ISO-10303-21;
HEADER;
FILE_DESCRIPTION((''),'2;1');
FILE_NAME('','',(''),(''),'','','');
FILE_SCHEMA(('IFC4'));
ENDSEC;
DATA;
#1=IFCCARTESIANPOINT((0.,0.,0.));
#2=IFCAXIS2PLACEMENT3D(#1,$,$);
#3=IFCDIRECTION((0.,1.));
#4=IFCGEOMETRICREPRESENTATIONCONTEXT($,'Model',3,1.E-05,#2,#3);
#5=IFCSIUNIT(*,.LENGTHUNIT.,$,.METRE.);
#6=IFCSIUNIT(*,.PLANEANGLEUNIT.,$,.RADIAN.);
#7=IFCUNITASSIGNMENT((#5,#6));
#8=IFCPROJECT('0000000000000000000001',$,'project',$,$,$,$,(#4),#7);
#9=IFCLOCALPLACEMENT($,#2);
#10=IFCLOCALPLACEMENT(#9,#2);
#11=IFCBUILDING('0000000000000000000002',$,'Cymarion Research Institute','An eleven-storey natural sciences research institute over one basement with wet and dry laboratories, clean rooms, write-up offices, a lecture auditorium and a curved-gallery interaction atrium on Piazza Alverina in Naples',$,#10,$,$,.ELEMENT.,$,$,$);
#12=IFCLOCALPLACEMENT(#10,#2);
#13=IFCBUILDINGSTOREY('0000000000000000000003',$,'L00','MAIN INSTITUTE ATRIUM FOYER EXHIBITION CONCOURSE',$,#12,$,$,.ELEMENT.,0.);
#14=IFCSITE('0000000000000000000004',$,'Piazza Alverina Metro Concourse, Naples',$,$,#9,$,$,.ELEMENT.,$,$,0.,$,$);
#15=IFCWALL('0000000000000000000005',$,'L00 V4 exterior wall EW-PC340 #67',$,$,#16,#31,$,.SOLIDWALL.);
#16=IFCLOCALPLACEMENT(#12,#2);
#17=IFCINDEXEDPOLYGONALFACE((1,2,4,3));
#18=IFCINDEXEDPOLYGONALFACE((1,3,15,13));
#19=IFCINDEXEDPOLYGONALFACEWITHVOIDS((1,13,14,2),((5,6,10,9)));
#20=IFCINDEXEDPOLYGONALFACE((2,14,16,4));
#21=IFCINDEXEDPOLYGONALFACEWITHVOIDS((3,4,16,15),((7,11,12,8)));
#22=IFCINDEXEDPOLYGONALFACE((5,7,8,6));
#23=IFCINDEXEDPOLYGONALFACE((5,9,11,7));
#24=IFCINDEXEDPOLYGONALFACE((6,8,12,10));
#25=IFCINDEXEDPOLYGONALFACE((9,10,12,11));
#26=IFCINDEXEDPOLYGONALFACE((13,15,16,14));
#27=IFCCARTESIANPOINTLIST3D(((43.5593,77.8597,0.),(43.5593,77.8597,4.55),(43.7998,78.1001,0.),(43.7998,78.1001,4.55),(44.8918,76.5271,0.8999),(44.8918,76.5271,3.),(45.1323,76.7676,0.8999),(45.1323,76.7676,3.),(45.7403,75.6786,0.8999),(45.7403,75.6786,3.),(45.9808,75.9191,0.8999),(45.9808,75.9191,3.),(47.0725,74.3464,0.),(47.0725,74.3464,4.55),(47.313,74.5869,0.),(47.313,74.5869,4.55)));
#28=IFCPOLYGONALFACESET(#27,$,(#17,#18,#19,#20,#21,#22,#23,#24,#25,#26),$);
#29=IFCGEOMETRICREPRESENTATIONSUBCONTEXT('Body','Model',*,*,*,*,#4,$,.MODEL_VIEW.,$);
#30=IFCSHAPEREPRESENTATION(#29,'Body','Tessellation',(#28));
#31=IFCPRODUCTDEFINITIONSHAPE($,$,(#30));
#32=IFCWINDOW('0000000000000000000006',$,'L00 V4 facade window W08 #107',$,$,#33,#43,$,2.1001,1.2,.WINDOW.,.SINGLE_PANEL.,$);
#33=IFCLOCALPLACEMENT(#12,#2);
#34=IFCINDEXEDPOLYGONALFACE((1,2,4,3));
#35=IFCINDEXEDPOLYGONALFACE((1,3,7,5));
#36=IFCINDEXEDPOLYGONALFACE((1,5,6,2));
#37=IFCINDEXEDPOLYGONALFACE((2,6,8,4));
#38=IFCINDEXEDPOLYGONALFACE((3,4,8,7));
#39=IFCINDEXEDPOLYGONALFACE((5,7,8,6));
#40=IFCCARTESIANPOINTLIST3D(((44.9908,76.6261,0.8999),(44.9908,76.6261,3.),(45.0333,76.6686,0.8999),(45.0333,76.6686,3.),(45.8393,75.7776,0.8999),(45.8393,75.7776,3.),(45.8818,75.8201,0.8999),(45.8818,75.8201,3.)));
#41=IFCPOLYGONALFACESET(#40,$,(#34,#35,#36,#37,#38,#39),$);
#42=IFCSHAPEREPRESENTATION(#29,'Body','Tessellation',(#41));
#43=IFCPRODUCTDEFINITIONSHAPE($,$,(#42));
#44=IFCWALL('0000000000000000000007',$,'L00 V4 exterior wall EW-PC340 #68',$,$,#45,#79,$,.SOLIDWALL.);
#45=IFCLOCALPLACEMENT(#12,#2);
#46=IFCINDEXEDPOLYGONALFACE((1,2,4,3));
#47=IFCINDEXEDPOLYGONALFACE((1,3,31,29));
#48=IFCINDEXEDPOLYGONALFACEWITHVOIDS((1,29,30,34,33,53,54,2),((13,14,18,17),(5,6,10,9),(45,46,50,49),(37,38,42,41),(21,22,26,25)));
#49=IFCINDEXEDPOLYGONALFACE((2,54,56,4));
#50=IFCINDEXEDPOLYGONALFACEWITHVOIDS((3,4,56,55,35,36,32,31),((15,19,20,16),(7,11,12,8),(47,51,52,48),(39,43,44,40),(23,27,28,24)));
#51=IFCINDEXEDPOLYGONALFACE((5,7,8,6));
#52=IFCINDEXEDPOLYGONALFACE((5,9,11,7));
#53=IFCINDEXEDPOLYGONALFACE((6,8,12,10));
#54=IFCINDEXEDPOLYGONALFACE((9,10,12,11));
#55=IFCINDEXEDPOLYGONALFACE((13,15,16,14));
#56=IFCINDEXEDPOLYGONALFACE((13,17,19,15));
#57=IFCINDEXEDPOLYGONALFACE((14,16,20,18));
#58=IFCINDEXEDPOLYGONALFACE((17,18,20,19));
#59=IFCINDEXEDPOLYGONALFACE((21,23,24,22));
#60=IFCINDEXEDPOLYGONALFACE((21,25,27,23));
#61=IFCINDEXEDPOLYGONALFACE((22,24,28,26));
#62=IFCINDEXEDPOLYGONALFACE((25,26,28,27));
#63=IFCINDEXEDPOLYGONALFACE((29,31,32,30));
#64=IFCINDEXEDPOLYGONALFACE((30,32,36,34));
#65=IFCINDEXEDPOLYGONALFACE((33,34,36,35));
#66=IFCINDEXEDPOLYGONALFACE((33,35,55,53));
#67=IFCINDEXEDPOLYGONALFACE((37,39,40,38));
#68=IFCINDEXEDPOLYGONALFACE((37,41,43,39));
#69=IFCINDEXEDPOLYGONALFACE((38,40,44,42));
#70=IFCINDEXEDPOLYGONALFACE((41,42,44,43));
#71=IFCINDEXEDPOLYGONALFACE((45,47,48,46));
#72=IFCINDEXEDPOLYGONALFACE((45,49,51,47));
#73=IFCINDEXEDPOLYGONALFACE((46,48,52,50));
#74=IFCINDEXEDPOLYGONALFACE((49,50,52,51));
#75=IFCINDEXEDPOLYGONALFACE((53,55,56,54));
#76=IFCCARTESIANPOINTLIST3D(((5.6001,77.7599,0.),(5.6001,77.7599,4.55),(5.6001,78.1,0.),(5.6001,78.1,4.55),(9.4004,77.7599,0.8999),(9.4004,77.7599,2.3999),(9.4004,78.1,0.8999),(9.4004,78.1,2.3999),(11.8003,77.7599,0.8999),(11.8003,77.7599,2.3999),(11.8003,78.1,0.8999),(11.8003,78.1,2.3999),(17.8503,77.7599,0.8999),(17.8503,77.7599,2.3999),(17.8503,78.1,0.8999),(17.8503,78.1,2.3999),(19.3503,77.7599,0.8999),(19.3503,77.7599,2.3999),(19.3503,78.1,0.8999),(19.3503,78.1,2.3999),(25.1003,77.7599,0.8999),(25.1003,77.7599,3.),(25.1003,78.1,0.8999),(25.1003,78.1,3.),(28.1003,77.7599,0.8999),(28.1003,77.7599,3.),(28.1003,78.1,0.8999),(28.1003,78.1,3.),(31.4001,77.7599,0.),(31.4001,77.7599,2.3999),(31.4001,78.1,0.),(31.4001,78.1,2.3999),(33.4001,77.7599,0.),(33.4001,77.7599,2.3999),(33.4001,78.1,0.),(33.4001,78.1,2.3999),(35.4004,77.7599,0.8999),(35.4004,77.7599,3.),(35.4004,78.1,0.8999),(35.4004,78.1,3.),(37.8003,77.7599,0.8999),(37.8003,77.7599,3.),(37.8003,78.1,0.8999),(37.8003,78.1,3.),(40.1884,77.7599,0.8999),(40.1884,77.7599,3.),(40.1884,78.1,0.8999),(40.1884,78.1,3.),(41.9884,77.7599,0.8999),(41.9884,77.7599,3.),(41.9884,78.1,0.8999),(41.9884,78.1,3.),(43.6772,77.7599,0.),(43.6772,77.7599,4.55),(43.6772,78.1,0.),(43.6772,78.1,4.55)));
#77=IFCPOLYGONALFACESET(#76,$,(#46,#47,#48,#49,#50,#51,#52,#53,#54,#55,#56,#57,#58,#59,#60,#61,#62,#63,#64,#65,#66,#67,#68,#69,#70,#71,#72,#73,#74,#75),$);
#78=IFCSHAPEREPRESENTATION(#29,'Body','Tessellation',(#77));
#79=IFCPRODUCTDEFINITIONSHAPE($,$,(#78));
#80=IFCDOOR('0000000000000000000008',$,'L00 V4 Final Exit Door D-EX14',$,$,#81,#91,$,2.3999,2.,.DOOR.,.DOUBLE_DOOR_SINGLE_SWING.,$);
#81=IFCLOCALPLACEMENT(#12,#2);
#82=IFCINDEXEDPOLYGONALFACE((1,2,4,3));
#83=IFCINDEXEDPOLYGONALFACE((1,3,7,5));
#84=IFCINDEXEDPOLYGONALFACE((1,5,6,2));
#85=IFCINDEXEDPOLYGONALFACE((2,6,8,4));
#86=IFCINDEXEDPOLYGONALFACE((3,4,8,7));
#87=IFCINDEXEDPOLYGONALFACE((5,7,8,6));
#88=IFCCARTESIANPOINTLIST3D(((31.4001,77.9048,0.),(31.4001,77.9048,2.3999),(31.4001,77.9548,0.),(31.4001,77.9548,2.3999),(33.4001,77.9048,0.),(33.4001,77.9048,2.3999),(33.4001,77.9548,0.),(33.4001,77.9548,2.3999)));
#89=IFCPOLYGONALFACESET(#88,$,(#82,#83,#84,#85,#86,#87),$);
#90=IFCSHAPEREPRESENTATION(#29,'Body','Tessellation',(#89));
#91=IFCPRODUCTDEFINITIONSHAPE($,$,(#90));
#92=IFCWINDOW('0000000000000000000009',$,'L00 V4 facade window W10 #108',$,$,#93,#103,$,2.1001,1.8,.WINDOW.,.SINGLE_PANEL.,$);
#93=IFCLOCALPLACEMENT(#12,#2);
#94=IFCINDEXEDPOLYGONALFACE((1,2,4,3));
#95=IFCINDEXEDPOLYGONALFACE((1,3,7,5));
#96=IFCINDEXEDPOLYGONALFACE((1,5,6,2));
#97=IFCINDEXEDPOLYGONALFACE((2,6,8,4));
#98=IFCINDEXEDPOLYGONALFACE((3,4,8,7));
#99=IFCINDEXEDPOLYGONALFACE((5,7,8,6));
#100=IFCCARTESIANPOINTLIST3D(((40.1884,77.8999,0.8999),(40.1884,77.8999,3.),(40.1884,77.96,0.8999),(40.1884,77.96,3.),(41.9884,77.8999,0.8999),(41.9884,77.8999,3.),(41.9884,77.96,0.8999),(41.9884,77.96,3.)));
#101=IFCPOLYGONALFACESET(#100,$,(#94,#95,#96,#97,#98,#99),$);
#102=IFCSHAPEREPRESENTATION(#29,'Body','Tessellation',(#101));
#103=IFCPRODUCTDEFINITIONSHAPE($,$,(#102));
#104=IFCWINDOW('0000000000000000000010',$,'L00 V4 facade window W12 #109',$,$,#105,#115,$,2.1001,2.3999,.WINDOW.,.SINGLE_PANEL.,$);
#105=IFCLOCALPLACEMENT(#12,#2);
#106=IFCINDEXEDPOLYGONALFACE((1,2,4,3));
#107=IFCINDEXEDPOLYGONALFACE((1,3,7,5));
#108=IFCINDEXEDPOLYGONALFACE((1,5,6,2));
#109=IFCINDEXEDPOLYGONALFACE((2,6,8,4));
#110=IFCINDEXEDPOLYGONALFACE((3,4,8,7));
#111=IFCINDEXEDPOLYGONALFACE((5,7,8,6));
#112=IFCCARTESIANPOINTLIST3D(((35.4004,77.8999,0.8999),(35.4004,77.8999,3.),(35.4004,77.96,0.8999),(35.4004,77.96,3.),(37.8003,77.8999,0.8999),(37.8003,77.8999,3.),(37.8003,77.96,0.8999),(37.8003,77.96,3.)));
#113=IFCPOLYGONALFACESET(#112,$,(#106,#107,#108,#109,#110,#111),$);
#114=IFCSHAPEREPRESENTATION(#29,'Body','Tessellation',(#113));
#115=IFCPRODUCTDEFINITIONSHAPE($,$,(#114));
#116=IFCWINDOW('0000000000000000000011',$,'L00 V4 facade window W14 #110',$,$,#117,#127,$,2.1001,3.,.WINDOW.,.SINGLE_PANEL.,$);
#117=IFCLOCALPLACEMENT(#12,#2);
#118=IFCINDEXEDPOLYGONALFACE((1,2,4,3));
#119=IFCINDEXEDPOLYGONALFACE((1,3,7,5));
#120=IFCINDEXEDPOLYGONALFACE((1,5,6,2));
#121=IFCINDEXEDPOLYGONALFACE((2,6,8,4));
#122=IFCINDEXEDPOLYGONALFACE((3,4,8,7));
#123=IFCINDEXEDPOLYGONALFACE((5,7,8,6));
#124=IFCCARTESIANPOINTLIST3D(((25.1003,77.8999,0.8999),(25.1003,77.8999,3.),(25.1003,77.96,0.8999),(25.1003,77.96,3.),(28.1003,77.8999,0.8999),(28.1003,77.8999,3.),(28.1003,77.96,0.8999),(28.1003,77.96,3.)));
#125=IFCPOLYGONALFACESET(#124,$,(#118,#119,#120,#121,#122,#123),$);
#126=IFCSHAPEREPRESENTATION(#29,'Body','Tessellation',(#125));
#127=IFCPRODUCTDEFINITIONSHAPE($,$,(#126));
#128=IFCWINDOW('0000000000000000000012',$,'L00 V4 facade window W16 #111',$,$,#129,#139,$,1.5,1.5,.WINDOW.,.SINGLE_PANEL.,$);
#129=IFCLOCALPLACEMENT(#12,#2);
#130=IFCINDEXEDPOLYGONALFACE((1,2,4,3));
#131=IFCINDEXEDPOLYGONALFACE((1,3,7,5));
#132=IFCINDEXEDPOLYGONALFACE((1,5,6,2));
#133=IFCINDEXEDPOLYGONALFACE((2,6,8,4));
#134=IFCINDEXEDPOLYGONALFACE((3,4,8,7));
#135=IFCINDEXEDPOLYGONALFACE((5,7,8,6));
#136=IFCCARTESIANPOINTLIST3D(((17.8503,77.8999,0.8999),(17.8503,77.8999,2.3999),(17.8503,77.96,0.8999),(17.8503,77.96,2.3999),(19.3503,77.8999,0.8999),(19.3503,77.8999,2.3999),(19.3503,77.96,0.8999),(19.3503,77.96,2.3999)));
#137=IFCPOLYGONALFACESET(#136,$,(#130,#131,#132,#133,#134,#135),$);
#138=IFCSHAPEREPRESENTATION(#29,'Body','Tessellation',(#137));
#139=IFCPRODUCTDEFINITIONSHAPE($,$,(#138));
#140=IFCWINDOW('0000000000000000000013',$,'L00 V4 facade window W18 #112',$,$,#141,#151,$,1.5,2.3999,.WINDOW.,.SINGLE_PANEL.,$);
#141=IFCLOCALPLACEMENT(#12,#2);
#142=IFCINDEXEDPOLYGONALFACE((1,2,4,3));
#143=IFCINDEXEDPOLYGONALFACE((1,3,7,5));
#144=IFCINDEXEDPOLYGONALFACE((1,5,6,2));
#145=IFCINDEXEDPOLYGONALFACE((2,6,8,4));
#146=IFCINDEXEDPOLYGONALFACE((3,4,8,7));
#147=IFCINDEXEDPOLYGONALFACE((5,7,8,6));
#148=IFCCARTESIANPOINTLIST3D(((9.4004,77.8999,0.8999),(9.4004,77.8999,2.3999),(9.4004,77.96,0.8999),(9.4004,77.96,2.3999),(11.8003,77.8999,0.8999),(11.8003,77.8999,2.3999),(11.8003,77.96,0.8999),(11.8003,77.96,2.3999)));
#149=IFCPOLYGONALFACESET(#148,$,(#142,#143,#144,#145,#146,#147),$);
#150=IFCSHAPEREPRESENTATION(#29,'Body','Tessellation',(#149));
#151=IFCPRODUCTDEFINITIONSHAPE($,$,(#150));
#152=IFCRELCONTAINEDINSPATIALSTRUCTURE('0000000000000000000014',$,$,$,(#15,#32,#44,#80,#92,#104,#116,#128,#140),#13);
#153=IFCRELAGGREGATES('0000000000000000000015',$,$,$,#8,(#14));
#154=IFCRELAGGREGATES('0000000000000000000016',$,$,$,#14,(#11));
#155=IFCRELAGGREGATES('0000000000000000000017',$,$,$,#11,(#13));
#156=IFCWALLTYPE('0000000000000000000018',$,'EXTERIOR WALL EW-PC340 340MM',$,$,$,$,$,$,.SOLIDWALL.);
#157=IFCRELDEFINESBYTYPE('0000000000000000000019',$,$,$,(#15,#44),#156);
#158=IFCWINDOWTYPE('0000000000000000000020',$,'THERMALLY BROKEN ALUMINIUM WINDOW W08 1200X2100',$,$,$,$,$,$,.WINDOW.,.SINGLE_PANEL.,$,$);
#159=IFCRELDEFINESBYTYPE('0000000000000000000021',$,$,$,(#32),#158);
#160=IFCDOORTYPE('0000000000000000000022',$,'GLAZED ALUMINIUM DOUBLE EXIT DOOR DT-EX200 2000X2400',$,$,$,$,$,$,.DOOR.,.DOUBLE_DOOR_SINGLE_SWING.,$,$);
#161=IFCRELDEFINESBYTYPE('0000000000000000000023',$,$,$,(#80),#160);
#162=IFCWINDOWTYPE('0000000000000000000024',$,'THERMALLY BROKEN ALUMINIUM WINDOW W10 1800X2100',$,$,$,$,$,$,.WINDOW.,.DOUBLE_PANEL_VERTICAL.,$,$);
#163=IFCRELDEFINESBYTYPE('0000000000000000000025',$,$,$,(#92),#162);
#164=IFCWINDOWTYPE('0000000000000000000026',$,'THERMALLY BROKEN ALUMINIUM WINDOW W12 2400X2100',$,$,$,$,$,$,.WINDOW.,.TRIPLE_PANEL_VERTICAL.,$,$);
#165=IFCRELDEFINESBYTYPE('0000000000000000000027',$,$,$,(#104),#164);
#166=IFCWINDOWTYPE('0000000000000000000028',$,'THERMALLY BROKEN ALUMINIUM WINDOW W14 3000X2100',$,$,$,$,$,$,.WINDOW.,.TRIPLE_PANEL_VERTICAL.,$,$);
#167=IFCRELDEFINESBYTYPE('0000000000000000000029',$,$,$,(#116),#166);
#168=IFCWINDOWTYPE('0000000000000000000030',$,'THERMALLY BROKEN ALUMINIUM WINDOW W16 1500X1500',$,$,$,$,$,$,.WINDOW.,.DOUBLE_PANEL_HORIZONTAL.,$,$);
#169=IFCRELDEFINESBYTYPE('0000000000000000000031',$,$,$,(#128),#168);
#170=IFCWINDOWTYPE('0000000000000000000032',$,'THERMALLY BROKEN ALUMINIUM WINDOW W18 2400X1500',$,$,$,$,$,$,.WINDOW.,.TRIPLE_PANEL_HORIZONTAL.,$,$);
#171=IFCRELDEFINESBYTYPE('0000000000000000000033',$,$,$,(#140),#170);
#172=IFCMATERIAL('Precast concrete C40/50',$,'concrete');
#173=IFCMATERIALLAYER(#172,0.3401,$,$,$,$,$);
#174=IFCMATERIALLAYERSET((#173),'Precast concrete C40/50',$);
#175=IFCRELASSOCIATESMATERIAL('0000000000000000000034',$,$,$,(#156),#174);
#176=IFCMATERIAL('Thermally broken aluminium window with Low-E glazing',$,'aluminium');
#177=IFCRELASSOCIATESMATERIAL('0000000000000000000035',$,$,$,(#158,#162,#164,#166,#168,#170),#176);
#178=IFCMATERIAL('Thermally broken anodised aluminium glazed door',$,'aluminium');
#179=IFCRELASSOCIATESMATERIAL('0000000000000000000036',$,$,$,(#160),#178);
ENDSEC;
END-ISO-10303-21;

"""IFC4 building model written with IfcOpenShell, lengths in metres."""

from ifc_helpers import new_model, si_unit, direction, frame, frame_2d, origin, place, context, subcontext, project, spatial, rectangle, extrude, material, layer, layer_set, type_object, element, fill, save


model = new_model("IFC4")

# Units and contexts
model_context = context("Model", 3, precision=1e-05, world=origin(), true_north=direction((0.0, 1.0)))
body_context = subcontext(model_context, "Body", "Model", "MODEL_VIEW")
ifc_project = project(units=[si_unit("LENGTHUNIT", "METRE"), si_unit("PLANEANGLEUNIT", "RADIAN")], contexts=[model_context])

# Site, building, storey
site_placement = place(None, origin())
site = spatial("IfcSite", under=ifc_project, at=site_placement, Name="Piazza Alverina Metro Concourse, Naples", CompositionType="ELEMENT", RefElevation=0.0)
building_placement = place(site_placement, origin())
building = spatial("IfcBuilding", under=site, at=building_placement, Name="Cymarion Research Institute", Description="An eleven-storey natural sciences research institute over one basement with wet and dry laboratories, clean rooms, write-up offices, a lecture auditorium and a curved-gallery interaction atrium on Piazza Alverina in Naples", CompositionType="ELEMENT")
storey_placement = place(building_placement, origin())
storey = spatial("IfcBuildingStorey", under=building, at=storey_placement, Name="L00", Description="MAIN INSTITUTE ATRIUM FOYER EXHIBITION CONCOURSE", CompositionType="ELEMENT", Elevation=0.0)

# Wall, opening, window
ifc_material_1 = material(Name="Precast concrete C40/50", Category="concrete")
ifc_layer_1 = layer(ifc_material_1, 0.3401)
ifc_layer_set_1 = layer_set([ifc_layer_1], Name="Precast concrete C40/50")
wall_type = type_object("IfcWallType", Name="EXTERIOR WALL EW-PC340 340MM", PredefinedType="SOLIDWALL", material=ifc_layer_set_1)
wall_1_placement = place(storey_placement, frame((47.1929, 74.4666, 0.0), z_axis=(0.0, 0.0, 1.0), x_axis=(-0.707107, 0.707107, 0.0)))
wall_1 = element("IfcWall", 1, at=wall_1_placement, inside=storey, type_object=wall_type, Name="L00 V4 exterior wall EW-PC340 #67", PredefinedType="SOLIDWALL", context=body_context, shape_type="SweptSolid", body=[
    extrude(rectangle(XDim=4.9685, YDim=0.3401, at=frame_2d((2.4844, 0.0))), origin(), (0.0, 0.0, 1.0), 4.55),
])
opening_1_placement = place(wall_1_placement, frame((1.884, 0.0, 0.8999)))
opening_1 = element("IfcOpeningElement", 2, at=opening_1_placement, cuts=wall_1, PredefinedType="OPENING", context=body_context, shape_type="SweptSolid", body=[
    extrude(rectangle(XDim=1.2, YDim=2.1001, at=frame_2d((0.6001, 1.05))), frame((0.0, 0.1799, 0.0), z_axis=(0.0, -1.0, 0.0), x_axis=(1.0, 0.0, 0.0)), (0.0, 0.0, 1.0), 0.3601),
])
ifc_material_2 = material(Name="Thermally broken aluminium window with Low-E glazing", Category="aluminium")
window_type_1 = type_object("IfcWindowType", Name="THERMALLY BROKEN ALUMINIUM WINDOW W08 1200X2100", PartitioningType="SINGLE_PANEL", PredefinedType="WINDOW", material=ifc_material_2)
window_1_placement = place(opening_1_placement, origin())
window_1 = element("IfcWindow", 3, at=window_1_placement, inside=storey, type_object=window_type_1, Name="L00 V4 facade window W08 #107", OverallHeight=2.1001, OverallWidth=1.2, PartitioningType="SINGLE_PANEL", PredefinedType="WINDOW", context=body_context, shape_type="SweptSolid", body=[
    extrude(rectangle(XDim=1.2, YDim=2.1001, at=frame_2d((0.6001, 1.05))), frame((0.0, 0.03, 0.0), z_axis=(0.0, -1.0, 0.0), x_axis=(1.0, 0.0, 0.0)), (0.0, 0.0, 1.0), 0.0601),
])
fill(opening_1, window_1)

# Wall, openings, door, windows
wall_2_placement = place(storey_placement, frame((43.6772, 77.9299, 0.0), z_axis=(0.0, 0.0, 1.0), x_axis=(-1.0, 0.0, 0.0)))
wall_2 = element("IfcWall", 4, at=wall_2_placement, inside=storey, type_object=wall_type, Name="L00 V4 exterior wall EW-PC340 #68", PredefinedType="SOLIDWALL", context=body_context, shape_type="SweptSolid", body=[
    extrude(rectangle(XDim=38.0771, YDim=0.3401, at=frame_2d((19.0386, 0.0))), origin(), (0.0, 0.0, 1.0), 4.55),
])
opening_2_placement = place(wall_2_placement, frame((10.2771, 0.0, 0.0)))
opening_2 = element("IfcOpeningElement", 5, at=opening_2_placement, cuts=wall_2, PredefinedType="OPENING", context=body_context, shape_type="SweptSolid", body=[
    extrude(rectangle(XDim=2.0, YDim=2.3999, at=frame_2d((1.0, 1.2))), frame((0.0, 0.1799, 0.0), z_axis=(0.0, -1.0, 0.0), x_axis=(1.0, 0.0, 0.0)), (0.0, 0.0, 1.0), 0.3601),
])
opening_3_placement = place(wall_2_placement, frame((1.689, 0.0, 0.8999)))
opening_3 = element("IfcOpeningElement", 6, at=opening_3_placement, cuts=wall_2, PredefinedType="OPENING", context=body_context, shape_type="SweptSolid", body=[
    extrude(rectangle(XDim=1.8, YDim=2.1001, at=frame_2d((0.8999, 1.05))), frame((0.0, 0.1799, 0.0), z_axis=(0.0, -1.0, 0.0), x_axis=(1.0, 0.0, 0.0)), (0.0, 0.0, 1.0), 0.3601),
])
opening_4_placement = place(wall_2_placement, frame((5.877, 0.0, 0.8999)))
opening_4 = element("IfcOpeningElement", 7, at=opening_4_placement, cuts=wall_2, PredefinedType="OPENING", context=body_context, shape_type="SweptSolid", body=[
    extrude(rectangle(XDim=2.3999, YDim=2.1001, at=frame_2d((1.2, 1.05))), frame((0.0, 0.1799, 0.0), z_axis=(0.0, -1.0, 0.0), x_axis=(1.0, 0.0, 0.0)), (0.0, 0.0, 1.0), 0.3601),
])
opening_5_placement = place(wall_2_placement, frame((15.5769, 0.0, 0.8999)))
opening_5 = element("IfcOpeningElement", 8, at=opening_5_placement, cuts=wall_2, PredefinedType="OPENING", context=body_context, shape_type="SweptSolid", body=[
    extrude(rectangle(XDim=3.0, YDim=2.1001, at=frame_2d((1.5, 1.05))), frame((0.0, 0.1799, 0.0), z_axis=(0.0, -1.0, 0.0), x_axis=(1.0, 0.0, 0.0)), (0.0, 0.0, 1.0), 0.3601),
])
opening_6_placement = place(wall_2_placement, frame((24.3269, 0.0, 0.8999)))
opening_6 = element("IfcOpeningElement", 9, at=opening_6_placement, cuts=wall_2, PredefinedType="OPENING", context=body_context, shape_type="SweptSolid", body=[
    extrude(rectangle(XDim=1.5, YDim=1.5, at=frame_2d((0.75, 0.75))), frame((0.0, 0.1799, 0.0), z_axis=(0.0, -1.0, 0.0), x_axis=(1.0, 0.0, 0.0)), (0.0, 0.0, 1.0), 0.3601),
])
opening_7_placement = place(wall_2_placement, frame((31.877, 0.0, 0.8999)))
opening_7 = element("IfcOpeningElement", 10, at=opening_7_placement, cuts=wall_2, PredefinedType="OPENING", context=body_context, shape_type="SweptSolid", body=[
    extrude(rectangle(XDim=2.3999, YDim=1.5, at=frame_2d((1.2, 0.75))), frame((0.0, 0.1799, 0.0), z_axis=(0.0, -1.0, 0.0), x_axis=(1.0, 0.0, 0.0)), (0.0, 0.0, 1.0), 0.3601),
])
ifc_material_3 = material(Name="Thermally broken anodised aluminium glazed door", Category="aluminium")
door_type = type_object("IfcDoorType", Name="GLAZED ALUMINIUM DOUBLE EXIT DOOR DT-EX200 2000X2400", OperationType="DOUBLE_DOOR_SINGLE_SWING", PredefinedType="DOOR", material=ifc_material_3)
door_placement = place(opening_2_placement, frame((2.0, 0.0, 0.0), z_axis=(0.0, 0.0, 1.0), x_axis=(-1.0, 0.0, 0.0)))
door = element("IfcDoor", 11, at=door_placement, inside=storey, type_object=door_type, Name="L00 V4 Final Exit Door D-EX14", OperationType="DOUBLE_DOOR_SINGLE_SWING", OverallHeight=2.3999, OverallWidth=2.0, PredefinedType="DOOR", context=body_context, shape_type="SweptSolid", body=[
    extrude(rectangle(XDim=2.0, YDim=2.3999, at=frame_2d((1.0, 1.2))), frame((0.0, 0.0249, 0.0), z_axis=(0.0, -1.0, 0.0), x_axis=(1.0, 0.0, 0.0)), (0.0, 0.0, 1.0), 0.05),
])
fill(opening_2, door)
window_type_2 = type_object("IfcWindowType", Name="THERMALLY BROKEN ALUMINIUM WINDOW W10 1800X2100", PartitioningType="DOUBLE_PANEL_VERTICAL", PredefinedType="WINDOW", material=ifc_material_2)
window_2_placement = place(opening_3_placement, origin())
window_2 = element("IfcWindow", 12, at=window_2_placement, inside=storey, type_object=window_type_2, Name="L00 V4 facade window W10 #108", OverallHeight=2.1001, OverallWidth=1.8, PartitioningType="SINGLE_PANEL", PredefinedType="WINDOW", context=body_context, shape_type="SweptSolid", body=[
    extrude(rectangle(XDim=1.8, YDim=2.1001, at=frame_2d((0.8999, 1.05))), frame((0.0, 0.03, 0.0), z_axis=(0.0, -1.0, 0.0), x_axis=(1.0, 0.0, 0.0)), (0.0, 0.0, 1.0), 0.0601),
])
fill(opening_3, window_2)
window_type_3 = type_object("IfcWindowType", Name="THERMALLY BROKEN ALUMINIUM WINDOW W12 2400X2100", PartitioningType="TRIPLE_PANEL_VERTICAL", PredefinedType="WINDOW", material=ifc_material_2)
window_3_placement = place(opening_4_placement, origin())
window_3 = element("IfcWindow", 13, at=window_3_placement, inside=storey, type_object=window_type_3, Name="L00 V4 facade window W12 #109", OverallHeight=2.1001, OverallWidth=2.3999, PartitioningType="SINGLE_PANEL", PredefinedType="WINDOW", context=body_context, shape_type="SweptSolid", body=[
    extrude(rectangle(XDim=2.3999, YDim=2.1001, at=frame_2d((1.2, 1.05))), frame((0.0, 0.03, 0.0), z_axis=(0.0, -1.0, 0.0), x_axis=(1.0, 0.0, 0.0)), (0.0, 0.0, 1.0), 0.0601),
])
fill(opening_4, window_3)
window_type_4 = type_object("IfcWindowType", Name="THERMALLY BROKEN ALUMINIUM WINDOW W14 3000X2100", PartitioningType="TRIPLE_PANEL_VERTICAL", PredefinedType="WINDOW", material=ifc_material_2)
window_4_placement = place(opening_5_placement, origin())
window_4 = element("IfcWindow", 14, at=window_4_placement, inside=storey, type_object=window_type_4, Name="L00 V4 facade window W14 #110", OverallHeight=2.1001, OverallWidth=3.0, PartitioningType="SINGLE_PANEL", PredefinedType="WINDOW", context=body_context, shape_type="SweptSolid", body=[
    extrude(rectangle(XDim=3.0, YDim=2.1001, at=frame_2d((1.5, 1.05))), frame((0.0, 0.03, 0.0), z_axis=(0.0, -1.0, 0.0), x_axis=(1.0, 0.0, 0.0)), (0.0, 0.0, 1.0), 0.0601),
])
fill(opening_5, window_4)
window_type_5 = type_object("IfcWindowType", Name="THERMALLY BROKEN ALUMINIUM WINDOW W16 1500X1500", PartitioningType="DOUBLE_PANEL_HORIZONTAL", PredefinedType="WINDOW", material=ifc_material_2)
window_5_placement = place(opening_6_placement, origin())
window_5 = element("IfcWindow", 15, at=window_5_placement, inside=storey, type_object=window_type_5, Name="L00 V4 facade window W16 #111", OverallHeight=1.5, OverallWidth=1.5, PartitioningType="SINGLE_PANEL", PredefinedType="WINDOW", context=body_context, shape_type="SweptSolid", body=[
    extrude(rectangle(XDim=1.5, YDim=1.5, at=frame_2d((0.75, 0.75))), frame((0.0, 0.03, 0.0), z_axis=(0.0, -1.0, 0.0), x_axis=(1.0, 0.0, 0.0)), (0.0, 0.0, 1.0), 0.0601),
])
fill(opening_6, window_5)
window_type_6 = type_object("IfcWindowType", Name="THERMALLY BROKEN ALUMINIUM WINDOW W18 2400X1500", PartitioningType="TRIPLE_PANEL_HORIZONTAL", PredefinedType="WINDOW", material=ifc_material_2)
window_6_placement = place(opening_7_placement, origin())
window_6 = element("IfcWindow", 16, at=window_6_placement, inside=storey, type_object=window_type_6, Name="L00 V4 facade window W18 #112", OverallHeight=1.5, OverallWidth=2.3999, PartitioningType="SINGLE_PANEL", PredefinedType="WINDOW", context=body_context, shape_type="SweptSolid", body=[
    extrude(rectangle(XDim=2.3999, YDim=1.5, at=frame_2d((1.2, 0.75))), frame((0.0, 0.03, 0.0), z_axis=(0.0, -1.0, 0.0), x_axis=(1.0, 0.0, 0.0)), (0.0, 0.0, 1.0), 0.0601),
])
fill(opening_7, window_6)

save(model, "model.ifc")
